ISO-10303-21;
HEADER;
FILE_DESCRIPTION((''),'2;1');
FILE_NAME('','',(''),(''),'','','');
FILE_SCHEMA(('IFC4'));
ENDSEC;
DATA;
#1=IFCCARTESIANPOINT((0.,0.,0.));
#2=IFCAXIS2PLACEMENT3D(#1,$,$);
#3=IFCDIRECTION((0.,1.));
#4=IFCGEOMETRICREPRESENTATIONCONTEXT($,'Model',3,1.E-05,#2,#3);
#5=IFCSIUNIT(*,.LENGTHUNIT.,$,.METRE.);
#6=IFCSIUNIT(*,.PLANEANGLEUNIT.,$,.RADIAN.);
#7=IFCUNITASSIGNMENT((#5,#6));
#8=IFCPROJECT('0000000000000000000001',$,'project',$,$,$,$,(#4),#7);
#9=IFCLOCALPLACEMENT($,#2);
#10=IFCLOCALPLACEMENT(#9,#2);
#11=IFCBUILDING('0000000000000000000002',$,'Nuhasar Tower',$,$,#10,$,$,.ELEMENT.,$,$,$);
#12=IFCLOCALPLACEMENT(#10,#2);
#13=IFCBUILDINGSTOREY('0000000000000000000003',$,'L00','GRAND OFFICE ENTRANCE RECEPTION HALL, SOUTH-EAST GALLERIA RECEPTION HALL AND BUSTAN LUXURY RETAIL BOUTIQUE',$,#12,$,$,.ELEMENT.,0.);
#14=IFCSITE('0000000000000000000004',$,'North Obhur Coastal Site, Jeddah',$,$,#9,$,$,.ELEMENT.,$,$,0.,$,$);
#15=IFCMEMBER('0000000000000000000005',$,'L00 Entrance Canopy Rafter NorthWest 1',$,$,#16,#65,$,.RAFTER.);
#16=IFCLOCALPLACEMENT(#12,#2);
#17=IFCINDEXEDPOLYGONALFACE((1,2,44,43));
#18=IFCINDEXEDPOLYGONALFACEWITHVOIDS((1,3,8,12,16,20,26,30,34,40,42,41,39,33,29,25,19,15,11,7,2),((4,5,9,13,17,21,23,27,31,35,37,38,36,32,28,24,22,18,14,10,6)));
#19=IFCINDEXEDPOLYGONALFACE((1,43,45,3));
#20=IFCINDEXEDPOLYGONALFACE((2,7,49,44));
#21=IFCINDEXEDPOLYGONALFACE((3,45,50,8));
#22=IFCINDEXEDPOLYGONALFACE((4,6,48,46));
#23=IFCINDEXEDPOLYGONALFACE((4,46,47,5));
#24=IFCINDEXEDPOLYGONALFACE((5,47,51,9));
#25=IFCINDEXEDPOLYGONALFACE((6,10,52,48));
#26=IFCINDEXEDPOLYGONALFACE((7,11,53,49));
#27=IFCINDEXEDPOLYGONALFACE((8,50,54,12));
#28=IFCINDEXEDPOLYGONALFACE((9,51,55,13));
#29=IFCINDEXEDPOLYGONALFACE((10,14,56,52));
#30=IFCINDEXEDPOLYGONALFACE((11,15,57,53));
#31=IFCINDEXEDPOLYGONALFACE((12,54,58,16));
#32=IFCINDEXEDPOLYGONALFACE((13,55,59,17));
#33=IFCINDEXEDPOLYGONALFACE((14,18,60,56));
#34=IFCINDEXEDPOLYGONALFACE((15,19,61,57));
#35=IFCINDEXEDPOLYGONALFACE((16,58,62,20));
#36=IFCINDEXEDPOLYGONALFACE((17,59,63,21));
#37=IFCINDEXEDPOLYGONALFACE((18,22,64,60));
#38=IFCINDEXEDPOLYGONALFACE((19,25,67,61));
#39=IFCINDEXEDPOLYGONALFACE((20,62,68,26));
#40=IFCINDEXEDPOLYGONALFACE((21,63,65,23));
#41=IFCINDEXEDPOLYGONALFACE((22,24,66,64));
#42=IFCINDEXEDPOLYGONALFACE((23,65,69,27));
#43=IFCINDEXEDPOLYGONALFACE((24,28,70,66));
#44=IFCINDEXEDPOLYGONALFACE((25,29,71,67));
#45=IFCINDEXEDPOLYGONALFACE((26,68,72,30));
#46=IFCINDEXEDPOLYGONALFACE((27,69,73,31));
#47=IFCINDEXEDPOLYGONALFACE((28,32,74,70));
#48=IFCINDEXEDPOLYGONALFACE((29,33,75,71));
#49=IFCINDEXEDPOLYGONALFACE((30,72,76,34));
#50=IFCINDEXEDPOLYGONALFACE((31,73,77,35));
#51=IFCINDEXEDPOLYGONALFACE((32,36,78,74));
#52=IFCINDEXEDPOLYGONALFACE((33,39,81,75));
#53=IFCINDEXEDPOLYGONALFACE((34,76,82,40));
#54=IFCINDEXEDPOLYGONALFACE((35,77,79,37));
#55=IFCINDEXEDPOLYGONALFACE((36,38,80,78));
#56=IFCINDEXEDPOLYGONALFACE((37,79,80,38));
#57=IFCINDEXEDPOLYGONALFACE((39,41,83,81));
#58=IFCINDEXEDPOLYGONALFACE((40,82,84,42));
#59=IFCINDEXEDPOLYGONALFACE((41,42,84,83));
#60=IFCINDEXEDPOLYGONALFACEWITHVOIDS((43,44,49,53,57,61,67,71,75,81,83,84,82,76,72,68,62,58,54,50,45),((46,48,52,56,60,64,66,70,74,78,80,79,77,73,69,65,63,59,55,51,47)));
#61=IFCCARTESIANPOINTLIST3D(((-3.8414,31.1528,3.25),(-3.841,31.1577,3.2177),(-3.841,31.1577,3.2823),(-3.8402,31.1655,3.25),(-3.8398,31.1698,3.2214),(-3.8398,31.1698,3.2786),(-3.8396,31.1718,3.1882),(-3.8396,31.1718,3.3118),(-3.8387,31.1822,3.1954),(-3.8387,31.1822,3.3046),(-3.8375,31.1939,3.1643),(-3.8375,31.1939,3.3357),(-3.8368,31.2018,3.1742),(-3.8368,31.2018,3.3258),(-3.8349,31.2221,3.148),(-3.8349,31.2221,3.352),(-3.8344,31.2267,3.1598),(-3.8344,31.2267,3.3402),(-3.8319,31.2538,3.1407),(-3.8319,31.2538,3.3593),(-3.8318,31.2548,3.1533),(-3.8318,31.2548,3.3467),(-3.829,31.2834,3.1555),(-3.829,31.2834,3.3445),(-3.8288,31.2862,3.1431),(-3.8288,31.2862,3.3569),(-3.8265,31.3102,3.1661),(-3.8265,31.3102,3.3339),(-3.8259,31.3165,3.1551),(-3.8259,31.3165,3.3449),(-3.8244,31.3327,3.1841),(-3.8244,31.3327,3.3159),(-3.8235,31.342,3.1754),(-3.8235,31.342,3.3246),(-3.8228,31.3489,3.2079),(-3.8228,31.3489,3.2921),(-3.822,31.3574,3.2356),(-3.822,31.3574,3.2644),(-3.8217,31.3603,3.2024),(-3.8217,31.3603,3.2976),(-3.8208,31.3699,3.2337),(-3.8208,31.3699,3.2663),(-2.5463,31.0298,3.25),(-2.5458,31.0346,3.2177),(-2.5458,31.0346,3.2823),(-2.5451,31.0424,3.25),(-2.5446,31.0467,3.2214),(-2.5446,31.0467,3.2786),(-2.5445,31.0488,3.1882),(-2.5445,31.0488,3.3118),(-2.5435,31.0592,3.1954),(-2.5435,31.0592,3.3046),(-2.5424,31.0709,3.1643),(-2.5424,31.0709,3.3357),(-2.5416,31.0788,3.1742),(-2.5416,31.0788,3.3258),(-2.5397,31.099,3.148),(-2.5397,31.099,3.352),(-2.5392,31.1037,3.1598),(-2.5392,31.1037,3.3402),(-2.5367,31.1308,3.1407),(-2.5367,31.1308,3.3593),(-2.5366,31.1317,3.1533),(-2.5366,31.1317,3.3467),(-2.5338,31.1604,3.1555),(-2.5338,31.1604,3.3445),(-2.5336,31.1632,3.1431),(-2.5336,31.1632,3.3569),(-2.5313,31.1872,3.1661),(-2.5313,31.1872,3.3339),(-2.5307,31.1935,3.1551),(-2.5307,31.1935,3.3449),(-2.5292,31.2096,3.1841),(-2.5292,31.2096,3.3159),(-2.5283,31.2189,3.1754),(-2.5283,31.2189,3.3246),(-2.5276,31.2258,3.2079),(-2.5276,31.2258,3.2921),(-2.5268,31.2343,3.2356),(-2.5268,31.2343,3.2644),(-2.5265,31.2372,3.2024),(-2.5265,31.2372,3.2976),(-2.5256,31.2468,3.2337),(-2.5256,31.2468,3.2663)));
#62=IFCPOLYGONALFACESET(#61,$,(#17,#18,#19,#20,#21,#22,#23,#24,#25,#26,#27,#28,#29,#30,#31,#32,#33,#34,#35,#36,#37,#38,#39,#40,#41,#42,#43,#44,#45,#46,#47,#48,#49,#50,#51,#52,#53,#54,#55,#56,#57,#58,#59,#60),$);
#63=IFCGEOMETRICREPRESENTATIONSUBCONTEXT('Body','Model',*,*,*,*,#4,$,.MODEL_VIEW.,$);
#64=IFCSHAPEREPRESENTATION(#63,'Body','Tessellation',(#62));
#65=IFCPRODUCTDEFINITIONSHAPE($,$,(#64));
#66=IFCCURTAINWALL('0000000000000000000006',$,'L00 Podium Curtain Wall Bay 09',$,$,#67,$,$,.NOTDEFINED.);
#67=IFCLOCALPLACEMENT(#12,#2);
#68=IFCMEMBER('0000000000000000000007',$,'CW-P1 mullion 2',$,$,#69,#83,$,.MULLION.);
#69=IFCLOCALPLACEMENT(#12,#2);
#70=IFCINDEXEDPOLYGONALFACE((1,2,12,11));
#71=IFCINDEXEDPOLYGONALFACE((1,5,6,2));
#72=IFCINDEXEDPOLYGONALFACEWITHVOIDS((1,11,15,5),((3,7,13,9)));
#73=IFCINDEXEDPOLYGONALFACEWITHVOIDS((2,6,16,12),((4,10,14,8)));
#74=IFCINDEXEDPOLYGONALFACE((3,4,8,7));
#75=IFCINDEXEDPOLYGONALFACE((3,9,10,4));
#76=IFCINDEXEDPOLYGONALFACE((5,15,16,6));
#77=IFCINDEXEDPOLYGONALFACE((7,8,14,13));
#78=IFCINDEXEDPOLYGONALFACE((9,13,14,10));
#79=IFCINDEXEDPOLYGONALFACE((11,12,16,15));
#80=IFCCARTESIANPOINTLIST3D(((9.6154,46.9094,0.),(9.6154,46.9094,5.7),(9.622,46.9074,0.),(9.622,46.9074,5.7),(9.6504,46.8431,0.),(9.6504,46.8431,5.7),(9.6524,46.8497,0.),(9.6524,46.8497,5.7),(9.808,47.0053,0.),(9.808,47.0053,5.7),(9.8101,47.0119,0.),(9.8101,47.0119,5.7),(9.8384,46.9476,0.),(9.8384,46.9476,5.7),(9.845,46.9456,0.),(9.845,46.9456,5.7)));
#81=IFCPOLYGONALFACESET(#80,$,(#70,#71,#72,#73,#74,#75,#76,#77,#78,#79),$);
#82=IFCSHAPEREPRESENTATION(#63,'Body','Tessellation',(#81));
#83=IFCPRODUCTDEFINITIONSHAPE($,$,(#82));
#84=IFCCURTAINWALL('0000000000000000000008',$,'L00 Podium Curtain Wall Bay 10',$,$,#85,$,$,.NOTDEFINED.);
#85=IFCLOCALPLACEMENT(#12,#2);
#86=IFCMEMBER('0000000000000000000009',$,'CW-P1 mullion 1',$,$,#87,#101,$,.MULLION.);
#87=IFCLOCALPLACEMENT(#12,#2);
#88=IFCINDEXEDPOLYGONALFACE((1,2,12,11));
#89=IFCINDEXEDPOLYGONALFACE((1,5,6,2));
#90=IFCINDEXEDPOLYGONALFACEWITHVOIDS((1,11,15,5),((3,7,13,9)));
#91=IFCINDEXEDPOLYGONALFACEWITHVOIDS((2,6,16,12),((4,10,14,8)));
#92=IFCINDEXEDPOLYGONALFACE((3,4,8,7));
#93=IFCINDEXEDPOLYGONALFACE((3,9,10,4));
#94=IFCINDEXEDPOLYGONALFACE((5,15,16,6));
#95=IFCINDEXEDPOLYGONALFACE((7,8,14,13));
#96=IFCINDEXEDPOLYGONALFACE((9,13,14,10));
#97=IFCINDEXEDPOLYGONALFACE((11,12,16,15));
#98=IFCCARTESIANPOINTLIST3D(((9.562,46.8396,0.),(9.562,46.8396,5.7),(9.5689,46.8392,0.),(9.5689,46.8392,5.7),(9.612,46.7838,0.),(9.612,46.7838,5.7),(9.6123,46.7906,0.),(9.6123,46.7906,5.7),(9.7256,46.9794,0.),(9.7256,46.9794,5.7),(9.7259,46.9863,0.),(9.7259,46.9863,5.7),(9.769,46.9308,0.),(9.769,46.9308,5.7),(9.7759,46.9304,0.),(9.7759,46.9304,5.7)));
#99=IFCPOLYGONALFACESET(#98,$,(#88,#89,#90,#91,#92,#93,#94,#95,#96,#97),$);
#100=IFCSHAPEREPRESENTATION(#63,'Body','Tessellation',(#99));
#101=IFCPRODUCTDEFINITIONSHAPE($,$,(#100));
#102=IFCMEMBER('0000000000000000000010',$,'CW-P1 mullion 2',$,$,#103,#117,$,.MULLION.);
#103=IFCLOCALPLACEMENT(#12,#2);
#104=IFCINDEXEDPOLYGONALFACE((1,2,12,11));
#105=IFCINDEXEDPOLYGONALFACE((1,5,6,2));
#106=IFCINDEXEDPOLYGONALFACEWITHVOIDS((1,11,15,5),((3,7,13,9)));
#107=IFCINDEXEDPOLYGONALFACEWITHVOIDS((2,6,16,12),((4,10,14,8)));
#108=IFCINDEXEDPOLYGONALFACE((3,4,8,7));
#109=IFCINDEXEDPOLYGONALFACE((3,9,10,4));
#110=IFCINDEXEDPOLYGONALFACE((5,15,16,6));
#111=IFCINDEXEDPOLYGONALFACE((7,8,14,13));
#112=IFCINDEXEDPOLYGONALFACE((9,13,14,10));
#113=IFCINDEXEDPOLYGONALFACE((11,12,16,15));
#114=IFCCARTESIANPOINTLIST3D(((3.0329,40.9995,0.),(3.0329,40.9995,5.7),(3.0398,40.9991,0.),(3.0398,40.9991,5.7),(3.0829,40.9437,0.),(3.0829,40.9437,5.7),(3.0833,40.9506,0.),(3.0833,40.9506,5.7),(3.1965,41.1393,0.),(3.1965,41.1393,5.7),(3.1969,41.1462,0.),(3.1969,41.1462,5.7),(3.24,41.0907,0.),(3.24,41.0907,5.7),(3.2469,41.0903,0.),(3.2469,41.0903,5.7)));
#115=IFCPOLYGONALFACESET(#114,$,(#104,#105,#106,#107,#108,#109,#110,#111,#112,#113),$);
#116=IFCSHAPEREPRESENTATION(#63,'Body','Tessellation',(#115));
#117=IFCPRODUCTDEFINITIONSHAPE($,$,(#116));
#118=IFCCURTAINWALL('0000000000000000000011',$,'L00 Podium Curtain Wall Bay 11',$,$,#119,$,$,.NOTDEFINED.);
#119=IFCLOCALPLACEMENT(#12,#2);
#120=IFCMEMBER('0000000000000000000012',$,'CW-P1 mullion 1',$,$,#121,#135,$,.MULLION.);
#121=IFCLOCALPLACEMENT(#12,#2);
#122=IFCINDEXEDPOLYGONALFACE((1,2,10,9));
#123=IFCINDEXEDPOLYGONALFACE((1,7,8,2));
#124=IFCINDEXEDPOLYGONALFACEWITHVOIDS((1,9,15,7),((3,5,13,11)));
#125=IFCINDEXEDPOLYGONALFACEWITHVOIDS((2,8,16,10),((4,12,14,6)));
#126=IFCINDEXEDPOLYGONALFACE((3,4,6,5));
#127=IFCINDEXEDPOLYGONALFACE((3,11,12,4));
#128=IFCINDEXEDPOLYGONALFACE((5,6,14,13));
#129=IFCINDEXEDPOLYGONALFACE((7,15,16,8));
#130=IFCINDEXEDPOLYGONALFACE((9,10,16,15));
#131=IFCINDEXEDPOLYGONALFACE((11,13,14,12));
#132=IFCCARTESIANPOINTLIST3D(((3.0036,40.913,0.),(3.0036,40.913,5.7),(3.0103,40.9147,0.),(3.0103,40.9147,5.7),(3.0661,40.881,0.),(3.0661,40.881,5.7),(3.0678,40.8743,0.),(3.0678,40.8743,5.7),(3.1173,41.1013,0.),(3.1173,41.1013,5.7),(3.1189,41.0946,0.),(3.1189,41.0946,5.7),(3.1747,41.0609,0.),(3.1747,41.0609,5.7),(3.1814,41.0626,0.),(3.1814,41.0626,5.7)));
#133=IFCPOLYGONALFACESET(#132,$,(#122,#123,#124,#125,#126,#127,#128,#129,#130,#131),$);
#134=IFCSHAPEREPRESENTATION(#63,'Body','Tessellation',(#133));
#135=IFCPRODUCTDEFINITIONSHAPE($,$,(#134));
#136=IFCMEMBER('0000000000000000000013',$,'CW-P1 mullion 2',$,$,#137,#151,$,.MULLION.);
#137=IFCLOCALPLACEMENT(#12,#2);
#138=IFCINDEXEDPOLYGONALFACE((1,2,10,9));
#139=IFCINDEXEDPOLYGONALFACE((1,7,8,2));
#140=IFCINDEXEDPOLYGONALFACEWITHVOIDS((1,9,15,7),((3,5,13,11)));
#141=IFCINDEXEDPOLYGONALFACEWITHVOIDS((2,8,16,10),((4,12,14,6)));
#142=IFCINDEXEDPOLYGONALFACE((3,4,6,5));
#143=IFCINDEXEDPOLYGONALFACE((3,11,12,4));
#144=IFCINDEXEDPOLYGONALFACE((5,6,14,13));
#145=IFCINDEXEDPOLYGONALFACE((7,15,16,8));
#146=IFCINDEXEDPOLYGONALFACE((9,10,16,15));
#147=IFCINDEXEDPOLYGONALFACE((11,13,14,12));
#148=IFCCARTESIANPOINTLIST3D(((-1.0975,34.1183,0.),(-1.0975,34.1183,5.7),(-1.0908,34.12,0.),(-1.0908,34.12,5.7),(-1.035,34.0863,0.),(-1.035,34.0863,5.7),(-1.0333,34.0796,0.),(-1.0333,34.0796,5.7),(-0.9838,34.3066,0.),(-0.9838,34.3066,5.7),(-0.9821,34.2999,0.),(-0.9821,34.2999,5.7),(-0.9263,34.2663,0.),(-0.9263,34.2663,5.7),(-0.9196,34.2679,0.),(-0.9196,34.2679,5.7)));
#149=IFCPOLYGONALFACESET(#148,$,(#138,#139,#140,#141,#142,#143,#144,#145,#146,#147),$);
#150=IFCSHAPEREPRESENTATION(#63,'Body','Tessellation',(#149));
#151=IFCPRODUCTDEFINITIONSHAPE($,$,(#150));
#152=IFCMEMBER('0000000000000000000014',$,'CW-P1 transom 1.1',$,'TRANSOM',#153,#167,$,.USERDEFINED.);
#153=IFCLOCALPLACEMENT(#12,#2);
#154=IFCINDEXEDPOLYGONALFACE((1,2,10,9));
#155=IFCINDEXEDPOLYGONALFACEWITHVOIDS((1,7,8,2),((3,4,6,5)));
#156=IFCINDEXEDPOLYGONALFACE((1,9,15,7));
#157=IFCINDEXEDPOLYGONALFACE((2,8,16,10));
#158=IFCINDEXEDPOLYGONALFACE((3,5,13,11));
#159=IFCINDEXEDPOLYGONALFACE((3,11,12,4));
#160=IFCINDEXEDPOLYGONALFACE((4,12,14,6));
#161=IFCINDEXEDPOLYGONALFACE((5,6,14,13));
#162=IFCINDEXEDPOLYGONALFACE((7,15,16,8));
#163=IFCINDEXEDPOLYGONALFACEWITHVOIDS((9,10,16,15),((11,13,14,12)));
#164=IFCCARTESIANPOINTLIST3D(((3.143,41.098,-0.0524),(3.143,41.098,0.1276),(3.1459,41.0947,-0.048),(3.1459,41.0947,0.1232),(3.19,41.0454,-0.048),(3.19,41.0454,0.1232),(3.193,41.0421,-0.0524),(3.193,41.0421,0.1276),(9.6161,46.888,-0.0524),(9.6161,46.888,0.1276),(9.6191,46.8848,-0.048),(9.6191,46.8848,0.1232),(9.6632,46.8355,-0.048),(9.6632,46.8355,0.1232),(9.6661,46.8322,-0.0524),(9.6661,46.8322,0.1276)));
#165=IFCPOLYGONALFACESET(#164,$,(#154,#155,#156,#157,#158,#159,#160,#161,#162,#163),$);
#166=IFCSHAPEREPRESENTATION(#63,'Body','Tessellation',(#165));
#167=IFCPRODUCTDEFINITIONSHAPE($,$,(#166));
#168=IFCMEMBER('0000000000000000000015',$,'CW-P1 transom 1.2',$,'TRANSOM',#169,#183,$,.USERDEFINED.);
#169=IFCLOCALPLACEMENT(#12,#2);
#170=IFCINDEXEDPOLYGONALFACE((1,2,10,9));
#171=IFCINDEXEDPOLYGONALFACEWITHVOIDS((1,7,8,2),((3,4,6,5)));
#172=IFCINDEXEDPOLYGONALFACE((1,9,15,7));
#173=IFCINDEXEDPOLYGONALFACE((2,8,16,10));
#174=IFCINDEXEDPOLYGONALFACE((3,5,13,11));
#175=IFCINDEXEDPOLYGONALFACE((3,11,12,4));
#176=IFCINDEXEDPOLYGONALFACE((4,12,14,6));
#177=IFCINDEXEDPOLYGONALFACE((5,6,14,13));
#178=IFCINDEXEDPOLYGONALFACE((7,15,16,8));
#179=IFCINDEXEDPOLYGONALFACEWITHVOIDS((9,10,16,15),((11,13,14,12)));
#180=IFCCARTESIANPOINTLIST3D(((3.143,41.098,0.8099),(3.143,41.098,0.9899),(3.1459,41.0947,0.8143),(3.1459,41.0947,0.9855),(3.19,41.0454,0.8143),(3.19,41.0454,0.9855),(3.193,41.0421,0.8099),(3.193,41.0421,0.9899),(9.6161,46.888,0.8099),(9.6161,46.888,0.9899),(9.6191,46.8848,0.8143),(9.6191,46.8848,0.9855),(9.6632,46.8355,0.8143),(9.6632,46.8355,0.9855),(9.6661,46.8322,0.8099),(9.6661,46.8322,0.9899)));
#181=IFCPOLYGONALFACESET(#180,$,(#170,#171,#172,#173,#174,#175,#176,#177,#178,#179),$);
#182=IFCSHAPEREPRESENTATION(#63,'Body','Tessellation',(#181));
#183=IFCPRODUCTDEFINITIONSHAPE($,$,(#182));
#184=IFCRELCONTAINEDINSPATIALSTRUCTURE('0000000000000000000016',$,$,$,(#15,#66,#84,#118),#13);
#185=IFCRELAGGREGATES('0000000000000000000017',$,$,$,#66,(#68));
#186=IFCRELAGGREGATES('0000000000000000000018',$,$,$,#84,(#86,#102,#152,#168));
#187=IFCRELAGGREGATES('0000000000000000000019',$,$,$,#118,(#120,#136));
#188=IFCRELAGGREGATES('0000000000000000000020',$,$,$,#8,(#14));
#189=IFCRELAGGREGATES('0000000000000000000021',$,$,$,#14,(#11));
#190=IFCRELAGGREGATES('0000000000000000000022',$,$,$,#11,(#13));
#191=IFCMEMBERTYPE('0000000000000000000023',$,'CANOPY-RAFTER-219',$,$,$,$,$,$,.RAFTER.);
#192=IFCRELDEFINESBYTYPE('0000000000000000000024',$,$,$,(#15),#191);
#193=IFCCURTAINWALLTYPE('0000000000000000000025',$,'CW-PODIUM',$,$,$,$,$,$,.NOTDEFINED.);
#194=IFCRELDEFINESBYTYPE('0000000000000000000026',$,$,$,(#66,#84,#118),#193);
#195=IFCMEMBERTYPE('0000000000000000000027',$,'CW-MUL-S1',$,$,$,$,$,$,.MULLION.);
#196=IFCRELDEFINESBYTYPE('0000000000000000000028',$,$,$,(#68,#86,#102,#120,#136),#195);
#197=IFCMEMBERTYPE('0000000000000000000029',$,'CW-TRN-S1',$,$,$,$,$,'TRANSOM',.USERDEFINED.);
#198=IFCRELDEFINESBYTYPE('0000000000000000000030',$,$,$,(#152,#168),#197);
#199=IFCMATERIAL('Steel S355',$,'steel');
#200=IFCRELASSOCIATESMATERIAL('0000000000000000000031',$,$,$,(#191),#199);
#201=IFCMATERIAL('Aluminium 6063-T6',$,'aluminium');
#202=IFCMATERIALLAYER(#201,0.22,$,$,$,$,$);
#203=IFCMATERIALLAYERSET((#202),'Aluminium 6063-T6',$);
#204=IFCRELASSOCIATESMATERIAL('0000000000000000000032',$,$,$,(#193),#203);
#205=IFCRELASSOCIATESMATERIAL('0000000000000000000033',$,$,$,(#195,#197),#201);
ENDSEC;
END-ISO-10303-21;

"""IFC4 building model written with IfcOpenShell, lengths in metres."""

from ifc_helpers import new_model, si_unit, direction, frame, origin, origin_2d, place, context, subcontext, project, spatial, hollow_rectangle, hollow_circle, extrude, material, layer, layer_set, material_profile, profile_set, type_object, element, aggregate, save


model = new_model("IFC4")

# Units and contexts
model_context = context("Model", 3, precision=1e-05, world=origin(), true_north=direction((0.0, 1.0)))
body_context = subcontext(model_context, "Body", "Model", "MODEL_VIEW")
ifc_project = project(units=[si_unit("LENGTHUNIT", "METRE"), si_unit("PLANEANGLEUNIT", "RADIAN")], contexts=[model_context])

# Site, building, storey
site_placement = place(None, origin())
site = spatial("IfcSite", under=ifc_project, at=site_placement, Name="North Obhur Coastal Site, Jeddah", CompositionType="ELEMENT", RefElevation=0.0)
building_placement = place(site_placement, origin())
building = spatial("IfcBuilding", under=site, at=building_placement, Name="Nuhasar Tower", CompositionType="ELEMENT")
storey_placement = place(building_placement, origin())
storey = spatial("IfcBuildingStorey", under=building, at=storey_placement, Name="L00", Description="GRAND OFFICE ENTRANCE RECEPTION HALL, SOUTH-EAST GALLERIA RECEPTION HALL AND BUSTAN LUXURY RETAIL BOUTIQUE", CompositionType="ELEMENT", Elevation=0.0)

# Shared definitions
ifc_material_1 = material(Name="Steel S355", Category="steel")

# Member
ifc_material_profile_1 = material_profile(ifc_material_1, hollow_circle(Radius=0.1096, WallThickness=0.0127, at=origin_2d()), Name="HSS219.1X12.7")
ifc_profile_set_1 = profile_set([ifc_material_profile_1], Name="Steel S355")
member_type_1 = type_object("IfcMemberType", Name="CANOPY-RAFTER-219", PredefinedType="RAFTER", material=ifc_profile_set_1)
member_1_placement = place(storey_placement, frame((-2.5359, 31.1389, 3.25), z_axis=(-0.995517, 0.094579, 0.0), x_axis=(-0.094579, -0.995517, 0.0)))
element("IfcMember", 1, at=member_1_placement, inside=storey, type_object=member_type_1, Name="L00 Entrance Canopy Rafter NorthWest 1", PredefinedType="RAFTER", context=body_context, shape_type="SweptSolid", body=[
    extrude(hollow_circle(Radius=0.1096, WallThickness=0.0127, at=origin_2d()), origin(), (0.0, 0.0, 1.0), 1.301),
])

# Curtain wall, member
ifc_material_2 = material(Name="Aluminium 6063-T6", Category="aluminium")
ifc_layer_1 = layer(ifc_material_2, 0.22)
ifc_layer_set_1 = layer_set([ifc_layer_1], Name="Aluminium 6063-T6")
curtain_wall_type = type_object("IfcCurtainWallType", Name="CW-PODIUM", PredefinedType="NOTDEFINED", material=ifc_layer_set_1)
curtain_wall_1_placement = place(storey_placement, origin())
curtain_wall_1 = element("IfcCurtainWall", 2, at=curtain_wall_1_placement, inside=storey, type_object=curtain_wall_type, Name="L00 Podium Curtain Wall Bay 09", PredefinedType="NOTDEFINED")
ifc_material_profile_2 = material_profile(ifc_material_2, hollow_rectangle(XDim=0.075, YDim=0.22, WallThickness=0.0049, at=origin_2d()), Name="CWM-1")
ifc_profile_set_2 = profile_set([ifc_material_profile_2], Name="Aluminium 6063-T6")
member_type_2 = type_object("IfcMemberType", Name="CW-MUL-S1", PredefinedType="MULLION", material=ifc_profile_set_2)
member_2_placement = place(storey_placement, frame((9.7302, 46.9275, 0.0), z_axis=(0.0, 0.0, 1.0), x_axis=(0.465959, -0.884806, 0.0)))
member_2 = element("IfcMember", 3, at=member_2_placement, type_object=member_type_2, Name="CW-P1 mullion 2", PredefinedType="MULLION", context=body_context, shape_type="SweptSolid", body=[
    extrude(hollow_rectangle(XDim=0.075, YDim=0.22, WallThickness=0.0049, at=origin_2d()), origin(), (0.0, 0.0, 1.0), 5.7),
])
aggregate(curtain_wall_1, [member_2])

# Curtain walls, members
curtain_wall_2_placement = place(storey_placement, origin())
curtain_wall_2 = element("IfcCurtainWall", 4, at=curtain_wall_2_placement, inside=storey, type_object=curtain_wall_type, Name="L00 Podium Curtain Wall Bay 10", PredefinedType="NOTDEFINED")
member_3_placement = place(storey_placement, frame((9.6689, 46.885, 0.0), z_axis=(0.0, 0.0, 1.0), x_axis=(0.666679, -0.745345, 0.0)))
member_3 = element("IfcMember", 5, at=member_3_placement, type_object=member_type_2, Name="CW-P1 mullion 1", PredefinedType="MULLION", context=body_context, shape_type="SweptSolid", body=[
    extrude(hollow_rectangle(XDim=0.075, YDim=0.22, WallThickness=0.0049, at=origin_2d()), origin(), (0.0, 0.0, 1.0), 5.7),
])
member_4_placement = place(storey_placement, frame((3.1399, 41.0449, 0.0), z_axis=(0.0, 0.0, 1.0), x_axis=(0.666679, -0.745345, 0.0)))
member_4 = element("IfcMember", 6, at=member_4_placement, type_object=member_type_2, Name="CW-P1 mullion 2", PredefinedType="MULLION", context=body_context, shape_type="SweptSolid", body=[
    extrude(hollow_rectangle(XDim=0.075, YDim=0.22, WallThickness=0.0049, at=origin_2d()), origin(), (0.0, 0.0, 1.0), 5.7),
])
curtain_wall_3_placement = place(storey_placement, origin())
curtain_wall_3 = element("IfcCurtainWall", 7, at=curtain_wall_3_placement, inside=storey, type_object=curtain_wall_type, Name="L00 Podium Curtain Wall Bay 11", PredefinedType="NOTDEFINED")
member_5_placement = place(storey_placement, frame((3.0925, 40.9878, 0.0), z_axis=(0.0, 0.0, 1.0), x_axis=(0.856135, -0.516752, 0.0)))
member_5 = element("IfcMember", 8, at=member_5_placement, type_object=member_type_2, Name="CW-P1 mullion 1", PredefinedType="MULLION", context=body_context, shape_type="SweptSolid", body=[
    extrude(hollow_rectangle(XDim=0.075, YDim=0.22, WallThickness=0.0049, at=origin_2d()), origin(), (0.0, 0.0, 1.0), 5.7),
])
member_6_placement = place(storey_placement, frame((-1.0085, 34.1931, 0.0), z_axis=(0.0, 0.0, 1.0), x_axis=(0.856135, -0.516752, 0.0)))
member_6 = element("IfcMember", 9, at=member_6_placement, type_object=member_type_2, Name="CW-P1 mullion 2", PredefinedType="MULLION", context=body_context, shape_type="SweptSolid", body=[
    extrude(hollow_rectangle(XDim=0.075, YDim=0.22, WallThickness=0.0049, at=origin_2d()), origin(), (0.0, 0.0, 1.0), 5.7),
])

# Members
ifc_material_profile_3 = material_profile(ifc_material_2, hollow_rectangle(XDim=0.075, YDim=0.1799, WallThickness=0.0044, at=origin_2d()), Name="CWT-1")
ifc_profile_set_3 = profile_set([ifc_material_profile_3], Name="Aluminium 6063-T6")
member_type_3 = type_object("IfcMemberType", Name="CW-TRN-S1", ElementType="TRANSOM", PredefinedType="USERDEFINED", material=ifc_profile_set_3)
member_7_placement = place(storey_placement, frame((9.6411, 46.8601, 0.0376), z_axis=(-0.74534, -0.666685, 0.0), x_axis=(0.666685, -0.74534, 0.0)))
member_7 = element("IfcMember", 10, at=member_7_placement, type_object=member_type_3, Name="CW-P1 transom 1.1", ObjectType="TRANSOM", PredefinedType="USERDEFINED", context=body_context, shape_type="SweptSolid", body=[
    extrude(hollow_rectangle(XDim=0.075, YDim=0.1799, WallThickness=0.0044, at=origin_2d()), origin(), (0.0, 0.0, 1.0), 8.6848),
])
member_8_placement = place(storey_placement, frame((9.6411, 46.8601, 0.8999), z_axis=(-0.74534, -0.666685, 0.0), x_axis=(0.666685, -0.74534, 0.0)))
member_8 = element("IfcMember", 11, at=member_8_placement, type_object=member_type_3, Name="CW-P1 transom 1.2", ObjectType="TRANSOM", PredefinedType="USERDEFINED", context=body_context, shape_type="SweptSolid", body=[
    extrude(hollow_rectangle(XDim=0.075, YDim=0.1799, WallThickness=0.0044, at=origin_2d()), origin(), (0.0, 0.0, 1.0), 8.6848),
])

aggregate(curtain_wall_2, [member_3, member_4, member_7, member_8])
aggregate(curtain_wall_3, [member_5, member_6])

save(model, "model.ifc")
